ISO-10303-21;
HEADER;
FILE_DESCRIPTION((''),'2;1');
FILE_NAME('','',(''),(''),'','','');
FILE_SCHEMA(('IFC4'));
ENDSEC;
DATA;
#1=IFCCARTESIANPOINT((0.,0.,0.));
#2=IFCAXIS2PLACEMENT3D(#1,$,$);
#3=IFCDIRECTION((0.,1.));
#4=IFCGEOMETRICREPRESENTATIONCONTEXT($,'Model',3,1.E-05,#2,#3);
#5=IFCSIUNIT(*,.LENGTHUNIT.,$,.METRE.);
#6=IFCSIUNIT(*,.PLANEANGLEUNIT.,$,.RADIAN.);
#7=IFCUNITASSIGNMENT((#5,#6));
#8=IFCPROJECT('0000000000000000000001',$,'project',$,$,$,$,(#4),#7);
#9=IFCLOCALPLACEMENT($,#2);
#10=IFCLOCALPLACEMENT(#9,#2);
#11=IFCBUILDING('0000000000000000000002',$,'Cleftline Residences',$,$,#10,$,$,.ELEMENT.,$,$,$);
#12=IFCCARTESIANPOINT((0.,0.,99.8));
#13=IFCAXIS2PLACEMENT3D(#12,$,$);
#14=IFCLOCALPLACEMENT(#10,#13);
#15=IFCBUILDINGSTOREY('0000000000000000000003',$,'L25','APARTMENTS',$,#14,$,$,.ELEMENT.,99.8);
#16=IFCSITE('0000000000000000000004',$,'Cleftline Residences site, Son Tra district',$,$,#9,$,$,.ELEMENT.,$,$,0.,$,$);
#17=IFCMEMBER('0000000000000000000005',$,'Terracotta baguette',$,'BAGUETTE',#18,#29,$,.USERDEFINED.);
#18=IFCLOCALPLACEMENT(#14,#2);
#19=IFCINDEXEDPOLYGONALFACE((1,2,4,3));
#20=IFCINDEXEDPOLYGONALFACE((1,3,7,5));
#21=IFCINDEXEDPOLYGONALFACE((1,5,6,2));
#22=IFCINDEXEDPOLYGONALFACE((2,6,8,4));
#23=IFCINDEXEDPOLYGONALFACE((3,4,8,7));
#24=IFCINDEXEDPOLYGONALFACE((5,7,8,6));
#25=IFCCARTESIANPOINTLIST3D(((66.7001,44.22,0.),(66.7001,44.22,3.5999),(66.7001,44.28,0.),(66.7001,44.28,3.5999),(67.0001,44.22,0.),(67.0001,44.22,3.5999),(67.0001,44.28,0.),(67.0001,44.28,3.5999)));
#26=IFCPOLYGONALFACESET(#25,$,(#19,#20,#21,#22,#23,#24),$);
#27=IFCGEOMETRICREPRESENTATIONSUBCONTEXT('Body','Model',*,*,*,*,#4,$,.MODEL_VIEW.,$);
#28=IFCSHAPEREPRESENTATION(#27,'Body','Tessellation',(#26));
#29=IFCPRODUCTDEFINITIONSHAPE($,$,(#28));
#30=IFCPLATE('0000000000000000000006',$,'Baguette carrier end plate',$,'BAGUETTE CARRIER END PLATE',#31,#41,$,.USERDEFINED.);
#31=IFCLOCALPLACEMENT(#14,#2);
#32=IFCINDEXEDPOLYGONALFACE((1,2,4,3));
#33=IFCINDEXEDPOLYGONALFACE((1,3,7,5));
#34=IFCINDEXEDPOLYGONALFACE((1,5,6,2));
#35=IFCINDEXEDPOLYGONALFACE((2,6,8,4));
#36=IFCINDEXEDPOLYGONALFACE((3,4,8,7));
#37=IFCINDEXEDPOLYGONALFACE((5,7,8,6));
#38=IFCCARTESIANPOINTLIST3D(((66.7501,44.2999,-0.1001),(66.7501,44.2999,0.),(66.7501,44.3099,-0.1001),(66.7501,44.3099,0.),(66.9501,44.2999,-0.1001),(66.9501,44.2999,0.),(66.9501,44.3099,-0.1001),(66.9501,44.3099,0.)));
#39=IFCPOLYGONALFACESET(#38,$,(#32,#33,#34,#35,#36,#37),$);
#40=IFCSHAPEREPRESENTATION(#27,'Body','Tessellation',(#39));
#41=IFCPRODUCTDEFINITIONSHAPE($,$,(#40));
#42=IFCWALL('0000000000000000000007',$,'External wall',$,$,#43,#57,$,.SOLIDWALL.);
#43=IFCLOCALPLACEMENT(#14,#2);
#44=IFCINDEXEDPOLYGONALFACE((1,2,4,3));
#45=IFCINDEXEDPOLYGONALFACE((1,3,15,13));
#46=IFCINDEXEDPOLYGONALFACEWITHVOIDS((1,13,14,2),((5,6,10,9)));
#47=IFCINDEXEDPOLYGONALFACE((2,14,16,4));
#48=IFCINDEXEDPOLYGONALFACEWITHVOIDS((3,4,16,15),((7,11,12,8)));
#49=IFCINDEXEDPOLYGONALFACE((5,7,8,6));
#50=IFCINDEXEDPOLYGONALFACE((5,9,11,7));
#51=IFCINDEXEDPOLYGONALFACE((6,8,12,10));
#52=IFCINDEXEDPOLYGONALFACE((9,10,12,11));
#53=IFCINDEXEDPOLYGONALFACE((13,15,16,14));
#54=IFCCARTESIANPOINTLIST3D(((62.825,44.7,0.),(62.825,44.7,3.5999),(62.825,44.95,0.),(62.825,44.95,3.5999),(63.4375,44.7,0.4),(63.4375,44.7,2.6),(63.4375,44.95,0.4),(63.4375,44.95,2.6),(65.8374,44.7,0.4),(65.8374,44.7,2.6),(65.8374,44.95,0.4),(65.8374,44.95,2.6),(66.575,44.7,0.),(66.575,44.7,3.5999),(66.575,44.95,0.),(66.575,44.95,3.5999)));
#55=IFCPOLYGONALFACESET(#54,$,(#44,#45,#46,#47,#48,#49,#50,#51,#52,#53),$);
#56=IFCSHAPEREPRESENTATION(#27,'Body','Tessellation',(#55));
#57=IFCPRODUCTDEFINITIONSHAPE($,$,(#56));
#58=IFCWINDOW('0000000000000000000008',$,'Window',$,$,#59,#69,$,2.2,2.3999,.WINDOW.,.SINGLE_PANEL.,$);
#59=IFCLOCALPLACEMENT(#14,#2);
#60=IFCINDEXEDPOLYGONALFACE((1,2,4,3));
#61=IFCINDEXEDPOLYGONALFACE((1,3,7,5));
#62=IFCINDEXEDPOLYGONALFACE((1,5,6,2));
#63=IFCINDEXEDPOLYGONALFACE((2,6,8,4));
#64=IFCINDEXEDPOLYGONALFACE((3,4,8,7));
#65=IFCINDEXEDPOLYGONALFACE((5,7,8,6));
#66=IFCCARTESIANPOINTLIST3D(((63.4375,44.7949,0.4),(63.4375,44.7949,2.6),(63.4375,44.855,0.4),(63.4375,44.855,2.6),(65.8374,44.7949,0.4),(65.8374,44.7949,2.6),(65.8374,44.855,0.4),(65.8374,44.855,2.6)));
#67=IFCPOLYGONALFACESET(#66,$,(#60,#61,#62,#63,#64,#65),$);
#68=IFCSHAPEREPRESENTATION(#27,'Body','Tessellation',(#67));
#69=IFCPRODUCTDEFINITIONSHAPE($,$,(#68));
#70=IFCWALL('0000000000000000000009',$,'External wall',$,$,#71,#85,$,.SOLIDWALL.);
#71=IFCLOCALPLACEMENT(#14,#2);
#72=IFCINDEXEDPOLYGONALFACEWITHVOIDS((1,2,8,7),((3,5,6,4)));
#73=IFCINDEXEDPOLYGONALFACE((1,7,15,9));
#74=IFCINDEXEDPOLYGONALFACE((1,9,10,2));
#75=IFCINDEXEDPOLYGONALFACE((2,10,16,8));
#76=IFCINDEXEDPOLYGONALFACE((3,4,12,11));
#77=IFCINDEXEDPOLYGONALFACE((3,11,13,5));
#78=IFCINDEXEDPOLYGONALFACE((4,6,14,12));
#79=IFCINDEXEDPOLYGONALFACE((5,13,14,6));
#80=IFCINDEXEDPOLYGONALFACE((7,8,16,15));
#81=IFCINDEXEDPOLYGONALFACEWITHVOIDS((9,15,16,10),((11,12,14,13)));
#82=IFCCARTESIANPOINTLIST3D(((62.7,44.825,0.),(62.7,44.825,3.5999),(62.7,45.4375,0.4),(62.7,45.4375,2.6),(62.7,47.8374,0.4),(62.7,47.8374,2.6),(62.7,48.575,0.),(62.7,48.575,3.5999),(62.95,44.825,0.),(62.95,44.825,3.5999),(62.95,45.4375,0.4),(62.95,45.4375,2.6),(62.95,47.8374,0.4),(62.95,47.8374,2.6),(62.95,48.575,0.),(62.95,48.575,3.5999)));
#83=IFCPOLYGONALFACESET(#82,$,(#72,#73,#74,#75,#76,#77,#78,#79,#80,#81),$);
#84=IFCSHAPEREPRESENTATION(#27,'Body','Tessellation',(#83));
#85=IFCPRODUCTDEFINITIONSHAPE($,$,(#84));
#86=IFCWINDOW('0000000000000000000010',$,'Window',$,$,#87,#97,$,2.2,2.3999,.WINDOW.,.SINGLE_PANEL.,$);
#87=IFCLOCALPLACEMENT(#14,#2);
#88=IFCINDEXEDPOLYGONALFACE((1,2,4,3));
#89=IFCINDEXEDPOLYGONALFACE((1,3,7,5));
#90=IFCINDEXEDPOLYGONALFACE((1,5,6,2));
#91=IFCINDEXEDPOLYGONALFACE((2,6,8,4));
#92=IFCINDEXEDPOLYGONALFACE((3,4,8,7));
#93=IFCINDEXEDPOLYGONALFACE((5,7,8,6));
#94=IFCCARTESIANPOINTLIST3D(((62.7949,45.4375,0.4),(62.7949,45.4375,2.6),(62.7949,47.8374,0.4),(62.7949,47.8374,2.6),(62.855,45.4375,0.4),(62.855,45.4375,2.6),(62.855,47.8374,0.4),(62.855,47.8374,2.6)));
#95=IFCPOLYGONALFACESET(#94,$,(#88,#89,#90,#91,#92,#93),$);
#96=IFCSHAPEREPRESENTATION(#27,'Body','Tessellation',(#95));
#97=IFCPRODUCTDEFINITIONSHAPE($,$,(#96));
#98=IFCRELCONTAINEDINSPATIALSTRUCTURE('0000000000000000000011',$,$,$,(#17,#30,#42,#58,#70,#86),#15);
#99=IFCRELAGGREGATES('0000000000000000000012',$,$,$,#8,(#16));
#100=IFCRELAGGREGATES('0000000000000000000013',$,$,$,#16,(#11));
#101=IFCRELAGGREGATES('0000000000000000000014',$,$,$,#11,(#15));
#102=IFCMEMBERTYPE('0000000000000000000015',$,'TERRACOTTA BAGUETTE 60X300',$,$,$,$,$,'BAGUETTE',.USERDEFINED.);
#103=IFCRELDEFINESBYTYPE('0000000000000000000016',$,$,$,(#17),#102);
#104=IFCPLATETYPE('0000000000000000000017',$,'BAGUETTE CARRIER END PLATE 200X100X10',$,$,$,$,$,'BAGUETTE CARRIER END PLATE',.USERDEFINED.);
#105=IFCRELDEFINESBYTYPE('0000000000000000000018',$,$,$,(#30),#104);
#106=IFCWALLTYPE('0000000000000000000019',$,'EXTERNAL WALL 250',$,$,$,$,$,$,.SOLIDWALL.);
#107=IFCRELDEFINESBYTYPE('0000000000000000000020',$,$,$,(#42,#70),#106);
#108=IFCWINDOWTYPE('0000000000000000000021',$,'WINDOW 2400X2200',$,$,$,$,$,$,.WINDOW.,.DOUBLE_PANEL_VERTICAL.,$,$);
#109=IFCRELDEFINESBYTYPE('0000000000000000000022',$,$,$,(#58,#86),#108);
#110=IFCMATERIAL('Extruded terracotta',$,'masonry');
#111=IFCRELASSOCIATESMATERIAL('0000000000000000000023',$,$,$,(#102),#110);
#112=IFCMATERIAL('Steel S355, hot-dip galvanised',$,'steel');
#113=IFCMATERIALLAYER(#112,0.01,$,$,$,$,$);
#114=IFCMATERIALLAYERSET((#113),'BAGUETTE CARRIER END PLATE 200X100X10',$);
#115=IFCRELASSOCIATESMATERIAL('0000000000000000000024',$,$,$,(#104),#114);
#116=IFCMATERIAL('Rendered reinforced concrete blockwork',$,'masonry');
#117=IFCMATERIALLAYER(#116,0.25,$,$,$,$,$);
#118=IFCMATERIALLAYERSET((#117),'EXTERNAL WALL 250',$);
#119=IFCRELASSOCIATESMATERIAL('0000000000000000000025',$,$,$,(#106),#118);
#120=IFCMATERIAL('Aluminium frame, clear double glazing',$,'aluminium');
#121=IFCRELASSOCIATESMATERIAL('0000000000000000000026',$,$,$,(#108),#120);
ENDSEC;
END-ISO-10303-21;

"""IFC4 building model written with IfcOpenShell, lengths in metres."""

from ifc_helpers import new_model, si_unit, direction, frame, frame_2d, origin, origin_2d, place, context, subcontext, project, spatial, rectangle, extrude, material, layer, layer_set, material_profile, profile_set, type_object, element, fill, save


model = new_model("IFC4")

# Units and contexts
model_context = context("Model", 3, precision=1e-05, world=origin(), true_north=direction((0.0, 1.0)))
body_context = subcontext(model_context, "Body", "Model", "MODEL_VIEW")
ifc_project = project(units=[si_unit("LENGTHUNIT", "METRE"), si_unit("PLANEANGLEUNIT", "RADIAN")], contexts=[model_context])

# Site, building, storey
site_placement = place(None, origin())
site = spatial("IfcSite", under=ifc_project, at=site_placement, Name="Cleftline Residences site, Son Tra district", CompositionType="ELEMENT", RefElevation=0.0)
building_placement = place(site_placement, origin())
building = spatial("IfcBuilding", under=site, at=building_placement, Name="Cleftline Residences", CompositionType="ELEMENT")
storey_placement = place(building_placement, frame((0.0, 0.0, 99.8)))
storey = spatial("IfcBuildingStorey", under=building, at=storey_placement, Name="L25", Description="APARTMENTS", CompositionType="ELEMENT", Elevation=99.8)

# Member
ifc_material_1 = material(Name="Extruded terracotta", Category="masonry")
ifc_material_profile_1 = material_profile(ifc_material_1, rectangle(XDim=0.0601, YDim=0.3, at=origin_2d()))
ifc_profile_set_1 = profile_set([ifc_material_profile_1], Name="Extruded terracotta")
member_type_1 = type_object("IfcMemberType", Name="TERRACOTTA BAGUETTE 60X300", ElementType="BAGUETTE", PredefinedType="USERDEFINED", material=ifc_profile_set_1)
for number, where, z_axis, x_axis, name in (
    (1, (66.8501, 44.25, 0.0), (0.0, 0.0, 1.0), (0.0, 1.0, 0.0), "Terracotta baguette"),
):
    element("IfcMember", number, at=place(storey_placement, frame(where, z_axis=z_axis, x_axis=x_axis)), inside=storey, type_object=member_type_1, Name=name, ObjectType="BAGUETTE", PredefinedType="USERDEFINED", context=body_context, shape_type="SweptSolid", body=[
        extrude(rectangle(XDim=0.0601, YDim=0.3, at=origin_2d()), origin(), (0.0, 0.0, 1.0), 3.5999),
    ])

# Plate
ifc_material_2 = material(Name="Steel S355, hot-dip galvanised", Category="steel")
ifc_layer_1 = layer(ifc_material_2, 0.01)
ifc_layer_set_1 = layer_set([ifc_layer_1], Name="BAGUETTE CARRIER END PLATE 200X100X10")
plate_type = type_object("IfcPlateType", Name="BAGUETTE CARRIER END PLATE 200X100X10", ElementType="BAGUETTE CARRIER END PLATE", PredefinedType="USERDEFINED", material=ifc_layer_set_1)
plate_placement = place(storey_placement, frame((66.8501, 44.3049, -0.1001), z_axis=(0.0, 0.0, 1.0), x_axis=(1.0, 0.0, 0.0)))
element("IfcPlate", 2, at=plate_placement, inside=storey, type_object=plate_type, Name="Baguette carrier end plate", ObjectType="BAGUETTE CARRIER END PLATE", PredefinedType="USERDEFINED", context=body_context, shape_type="SweptSolid", body=[
    extrude(rectangle(XDim=0.2, YDim=0.01, at=origin_2d()), origin(), (0.0, 0.0, 1.0), 0.1001),
])

# Walls, openings, windows
ifc_material_3 = material(Name="Rendered reinforced concrete blockwork", Category="masonry")
ifc_layer_2 = layer(ifc_material_3, 0.25)
ifc_layer_set_2 = layer_set([ifc_layer_2], Name="EXTERNAL WALL 250")
wall_type = type_object("IfcWallType", Name="EXTERNAL WALL 250", PredefinedType="SOLIDWALL", material=ifc_layer_set_2)
wall_1_placement = place(storey_placement, frame((66.575, 44.825, 0.0), z_axis=(0.0, 0.0, 1.0), x_axis=(-1.0, 0.0, 0.0)))
wall_1 = element("IfcWall", 3, at=wall_1_placement, inside=storey, type_object=wall_type, Name="External wall", PredefinedType="SOLIDWALL", context=body_context, shape_type="SweptSolid", body=[
    extrude(rectangle(XDim=3.75, YDim=0.25, at=frame_2d((1.875, 0.0))), origin(), (0.0, 0.0, 1.0), 3.5999),
])
opening_1_placement = place(wall_1_placement, frame((0.7375, 0.0, 0.3999)))
opening_1 = element("IfcOpeningElement", 4, at=opening_1_placement, cuts=wall_1, PredefinedType="OPENING", context=body_context, shape_type="SweptSolid", body=[
    extrude(rectangle(XDim=2.3999, YDim=2.2, at=frame_2d((1.2, 1.1001))), frame((0.0, 0.135, 0.0), z_axis=(0.0, -1.0, 0.0), x_axis=(1.0, 0.0, 0.0)), (0.0, 0.0, 1.0), 0.27),
])
ifc_material_4 = material(Name="Aluminium frame, clear double glazing", Category="aluminium")
window_type_1 = type_object("IfcWindowType", Name="WINDOW 2400X2200", PartitioningType="DOUBLE_PANEL_VERTICAL", PredefinedType="WINDOW", material=ifc_material_4)
window_1_placement = place(opening_1_placement, origin())
window_1 = element("IfcWindow", 5, at=window_1_placement, inside=storey, type_object=window_type_1, Name="Window", OverallHeight=2.2, OverallWidth=2.3999, PartitioningType="SINGLE_PANEL", PredefinedType="WINDOW", context=body_context, shape_type="SweptSolid", body=[
    extrude(rectangle(XDim=2.3999, YDim=2.2, at=frame_2d((1.2, 1.1001))), frame((0.0, 0.03, 0.0), z_axis=(0.0, -1.0, 0.0), x_axis=(1.0, 0.0, 0.0)), (0.0, 0.0, 1.0), 0.0601),
])
fill(opening_1, window_1)
wall_2_placement = place(storey_placement, frame((62.825, 44.825, 0.0), z_axis=(0.0, 0.0, 1.0), x_axis=(0.0, 1.0, 0.0)))
wall_2 = element("IfcWall", 6, at=wall_2_placement, inside=storey, type_object=wall_type, Name="External wall", PredefinedType="SOLIDWALL", context=body_context, shape_type="SweptSolid", body=[
    extrude(rectangle(XDim=3.75, YDim=0.25, at=frame_2d((1.875, 0.0))), origin(), (0.0, 0.0, 1.0), 3.5999),
])
opening_2_placement = place(wall_2_placement, frame((0.6125, 0.0, 0.3999)))
opening_2 = element("IfcOpeningElement", 7, at=opening_2_placement, cuts=wall_2, PredefinedType="OPENING", context=body_context, shape_type="SweptSolid", body=[
    extrude(rectangle(XDim=2.3999, YDim=2.2, at=frame_2d((1.2, 1.1001))), frame((0.0, 0.135, 0.0), z_axis=(0.0, -1.0, 0.0), x_axis=(1.0, 0.0, 0.0)), (0.0, 0.0, 1.0), 0.27),
])
window_2_placement = place(opening_2_placement, origin())
window_2 = element("IfcWindow", 8, at=window_2_placement, inside=storey, type_object=window_type_1, Name="Window", OverallHeight=2.2, OverallWidth=2.3999, PartitioningType="SINGLE_PANEL", PredefinedType="WINDOW", context=body_context, shape_type="SweptSolid", body=[
    extrude(rectangle(XDim=2.3999, YDim=2.2, at=frame_2d((1.2, 1.1001))), frame((0.0, 0.03, 0.0), z_axis=(0.0, -1.0, 0.0), x_axis=(1.0, 0.0, 0.0)), (0.0, 0.0, 1.0), 0.0601),
])
fill(opening_2, window_2)

save(model, "model.ifc")
